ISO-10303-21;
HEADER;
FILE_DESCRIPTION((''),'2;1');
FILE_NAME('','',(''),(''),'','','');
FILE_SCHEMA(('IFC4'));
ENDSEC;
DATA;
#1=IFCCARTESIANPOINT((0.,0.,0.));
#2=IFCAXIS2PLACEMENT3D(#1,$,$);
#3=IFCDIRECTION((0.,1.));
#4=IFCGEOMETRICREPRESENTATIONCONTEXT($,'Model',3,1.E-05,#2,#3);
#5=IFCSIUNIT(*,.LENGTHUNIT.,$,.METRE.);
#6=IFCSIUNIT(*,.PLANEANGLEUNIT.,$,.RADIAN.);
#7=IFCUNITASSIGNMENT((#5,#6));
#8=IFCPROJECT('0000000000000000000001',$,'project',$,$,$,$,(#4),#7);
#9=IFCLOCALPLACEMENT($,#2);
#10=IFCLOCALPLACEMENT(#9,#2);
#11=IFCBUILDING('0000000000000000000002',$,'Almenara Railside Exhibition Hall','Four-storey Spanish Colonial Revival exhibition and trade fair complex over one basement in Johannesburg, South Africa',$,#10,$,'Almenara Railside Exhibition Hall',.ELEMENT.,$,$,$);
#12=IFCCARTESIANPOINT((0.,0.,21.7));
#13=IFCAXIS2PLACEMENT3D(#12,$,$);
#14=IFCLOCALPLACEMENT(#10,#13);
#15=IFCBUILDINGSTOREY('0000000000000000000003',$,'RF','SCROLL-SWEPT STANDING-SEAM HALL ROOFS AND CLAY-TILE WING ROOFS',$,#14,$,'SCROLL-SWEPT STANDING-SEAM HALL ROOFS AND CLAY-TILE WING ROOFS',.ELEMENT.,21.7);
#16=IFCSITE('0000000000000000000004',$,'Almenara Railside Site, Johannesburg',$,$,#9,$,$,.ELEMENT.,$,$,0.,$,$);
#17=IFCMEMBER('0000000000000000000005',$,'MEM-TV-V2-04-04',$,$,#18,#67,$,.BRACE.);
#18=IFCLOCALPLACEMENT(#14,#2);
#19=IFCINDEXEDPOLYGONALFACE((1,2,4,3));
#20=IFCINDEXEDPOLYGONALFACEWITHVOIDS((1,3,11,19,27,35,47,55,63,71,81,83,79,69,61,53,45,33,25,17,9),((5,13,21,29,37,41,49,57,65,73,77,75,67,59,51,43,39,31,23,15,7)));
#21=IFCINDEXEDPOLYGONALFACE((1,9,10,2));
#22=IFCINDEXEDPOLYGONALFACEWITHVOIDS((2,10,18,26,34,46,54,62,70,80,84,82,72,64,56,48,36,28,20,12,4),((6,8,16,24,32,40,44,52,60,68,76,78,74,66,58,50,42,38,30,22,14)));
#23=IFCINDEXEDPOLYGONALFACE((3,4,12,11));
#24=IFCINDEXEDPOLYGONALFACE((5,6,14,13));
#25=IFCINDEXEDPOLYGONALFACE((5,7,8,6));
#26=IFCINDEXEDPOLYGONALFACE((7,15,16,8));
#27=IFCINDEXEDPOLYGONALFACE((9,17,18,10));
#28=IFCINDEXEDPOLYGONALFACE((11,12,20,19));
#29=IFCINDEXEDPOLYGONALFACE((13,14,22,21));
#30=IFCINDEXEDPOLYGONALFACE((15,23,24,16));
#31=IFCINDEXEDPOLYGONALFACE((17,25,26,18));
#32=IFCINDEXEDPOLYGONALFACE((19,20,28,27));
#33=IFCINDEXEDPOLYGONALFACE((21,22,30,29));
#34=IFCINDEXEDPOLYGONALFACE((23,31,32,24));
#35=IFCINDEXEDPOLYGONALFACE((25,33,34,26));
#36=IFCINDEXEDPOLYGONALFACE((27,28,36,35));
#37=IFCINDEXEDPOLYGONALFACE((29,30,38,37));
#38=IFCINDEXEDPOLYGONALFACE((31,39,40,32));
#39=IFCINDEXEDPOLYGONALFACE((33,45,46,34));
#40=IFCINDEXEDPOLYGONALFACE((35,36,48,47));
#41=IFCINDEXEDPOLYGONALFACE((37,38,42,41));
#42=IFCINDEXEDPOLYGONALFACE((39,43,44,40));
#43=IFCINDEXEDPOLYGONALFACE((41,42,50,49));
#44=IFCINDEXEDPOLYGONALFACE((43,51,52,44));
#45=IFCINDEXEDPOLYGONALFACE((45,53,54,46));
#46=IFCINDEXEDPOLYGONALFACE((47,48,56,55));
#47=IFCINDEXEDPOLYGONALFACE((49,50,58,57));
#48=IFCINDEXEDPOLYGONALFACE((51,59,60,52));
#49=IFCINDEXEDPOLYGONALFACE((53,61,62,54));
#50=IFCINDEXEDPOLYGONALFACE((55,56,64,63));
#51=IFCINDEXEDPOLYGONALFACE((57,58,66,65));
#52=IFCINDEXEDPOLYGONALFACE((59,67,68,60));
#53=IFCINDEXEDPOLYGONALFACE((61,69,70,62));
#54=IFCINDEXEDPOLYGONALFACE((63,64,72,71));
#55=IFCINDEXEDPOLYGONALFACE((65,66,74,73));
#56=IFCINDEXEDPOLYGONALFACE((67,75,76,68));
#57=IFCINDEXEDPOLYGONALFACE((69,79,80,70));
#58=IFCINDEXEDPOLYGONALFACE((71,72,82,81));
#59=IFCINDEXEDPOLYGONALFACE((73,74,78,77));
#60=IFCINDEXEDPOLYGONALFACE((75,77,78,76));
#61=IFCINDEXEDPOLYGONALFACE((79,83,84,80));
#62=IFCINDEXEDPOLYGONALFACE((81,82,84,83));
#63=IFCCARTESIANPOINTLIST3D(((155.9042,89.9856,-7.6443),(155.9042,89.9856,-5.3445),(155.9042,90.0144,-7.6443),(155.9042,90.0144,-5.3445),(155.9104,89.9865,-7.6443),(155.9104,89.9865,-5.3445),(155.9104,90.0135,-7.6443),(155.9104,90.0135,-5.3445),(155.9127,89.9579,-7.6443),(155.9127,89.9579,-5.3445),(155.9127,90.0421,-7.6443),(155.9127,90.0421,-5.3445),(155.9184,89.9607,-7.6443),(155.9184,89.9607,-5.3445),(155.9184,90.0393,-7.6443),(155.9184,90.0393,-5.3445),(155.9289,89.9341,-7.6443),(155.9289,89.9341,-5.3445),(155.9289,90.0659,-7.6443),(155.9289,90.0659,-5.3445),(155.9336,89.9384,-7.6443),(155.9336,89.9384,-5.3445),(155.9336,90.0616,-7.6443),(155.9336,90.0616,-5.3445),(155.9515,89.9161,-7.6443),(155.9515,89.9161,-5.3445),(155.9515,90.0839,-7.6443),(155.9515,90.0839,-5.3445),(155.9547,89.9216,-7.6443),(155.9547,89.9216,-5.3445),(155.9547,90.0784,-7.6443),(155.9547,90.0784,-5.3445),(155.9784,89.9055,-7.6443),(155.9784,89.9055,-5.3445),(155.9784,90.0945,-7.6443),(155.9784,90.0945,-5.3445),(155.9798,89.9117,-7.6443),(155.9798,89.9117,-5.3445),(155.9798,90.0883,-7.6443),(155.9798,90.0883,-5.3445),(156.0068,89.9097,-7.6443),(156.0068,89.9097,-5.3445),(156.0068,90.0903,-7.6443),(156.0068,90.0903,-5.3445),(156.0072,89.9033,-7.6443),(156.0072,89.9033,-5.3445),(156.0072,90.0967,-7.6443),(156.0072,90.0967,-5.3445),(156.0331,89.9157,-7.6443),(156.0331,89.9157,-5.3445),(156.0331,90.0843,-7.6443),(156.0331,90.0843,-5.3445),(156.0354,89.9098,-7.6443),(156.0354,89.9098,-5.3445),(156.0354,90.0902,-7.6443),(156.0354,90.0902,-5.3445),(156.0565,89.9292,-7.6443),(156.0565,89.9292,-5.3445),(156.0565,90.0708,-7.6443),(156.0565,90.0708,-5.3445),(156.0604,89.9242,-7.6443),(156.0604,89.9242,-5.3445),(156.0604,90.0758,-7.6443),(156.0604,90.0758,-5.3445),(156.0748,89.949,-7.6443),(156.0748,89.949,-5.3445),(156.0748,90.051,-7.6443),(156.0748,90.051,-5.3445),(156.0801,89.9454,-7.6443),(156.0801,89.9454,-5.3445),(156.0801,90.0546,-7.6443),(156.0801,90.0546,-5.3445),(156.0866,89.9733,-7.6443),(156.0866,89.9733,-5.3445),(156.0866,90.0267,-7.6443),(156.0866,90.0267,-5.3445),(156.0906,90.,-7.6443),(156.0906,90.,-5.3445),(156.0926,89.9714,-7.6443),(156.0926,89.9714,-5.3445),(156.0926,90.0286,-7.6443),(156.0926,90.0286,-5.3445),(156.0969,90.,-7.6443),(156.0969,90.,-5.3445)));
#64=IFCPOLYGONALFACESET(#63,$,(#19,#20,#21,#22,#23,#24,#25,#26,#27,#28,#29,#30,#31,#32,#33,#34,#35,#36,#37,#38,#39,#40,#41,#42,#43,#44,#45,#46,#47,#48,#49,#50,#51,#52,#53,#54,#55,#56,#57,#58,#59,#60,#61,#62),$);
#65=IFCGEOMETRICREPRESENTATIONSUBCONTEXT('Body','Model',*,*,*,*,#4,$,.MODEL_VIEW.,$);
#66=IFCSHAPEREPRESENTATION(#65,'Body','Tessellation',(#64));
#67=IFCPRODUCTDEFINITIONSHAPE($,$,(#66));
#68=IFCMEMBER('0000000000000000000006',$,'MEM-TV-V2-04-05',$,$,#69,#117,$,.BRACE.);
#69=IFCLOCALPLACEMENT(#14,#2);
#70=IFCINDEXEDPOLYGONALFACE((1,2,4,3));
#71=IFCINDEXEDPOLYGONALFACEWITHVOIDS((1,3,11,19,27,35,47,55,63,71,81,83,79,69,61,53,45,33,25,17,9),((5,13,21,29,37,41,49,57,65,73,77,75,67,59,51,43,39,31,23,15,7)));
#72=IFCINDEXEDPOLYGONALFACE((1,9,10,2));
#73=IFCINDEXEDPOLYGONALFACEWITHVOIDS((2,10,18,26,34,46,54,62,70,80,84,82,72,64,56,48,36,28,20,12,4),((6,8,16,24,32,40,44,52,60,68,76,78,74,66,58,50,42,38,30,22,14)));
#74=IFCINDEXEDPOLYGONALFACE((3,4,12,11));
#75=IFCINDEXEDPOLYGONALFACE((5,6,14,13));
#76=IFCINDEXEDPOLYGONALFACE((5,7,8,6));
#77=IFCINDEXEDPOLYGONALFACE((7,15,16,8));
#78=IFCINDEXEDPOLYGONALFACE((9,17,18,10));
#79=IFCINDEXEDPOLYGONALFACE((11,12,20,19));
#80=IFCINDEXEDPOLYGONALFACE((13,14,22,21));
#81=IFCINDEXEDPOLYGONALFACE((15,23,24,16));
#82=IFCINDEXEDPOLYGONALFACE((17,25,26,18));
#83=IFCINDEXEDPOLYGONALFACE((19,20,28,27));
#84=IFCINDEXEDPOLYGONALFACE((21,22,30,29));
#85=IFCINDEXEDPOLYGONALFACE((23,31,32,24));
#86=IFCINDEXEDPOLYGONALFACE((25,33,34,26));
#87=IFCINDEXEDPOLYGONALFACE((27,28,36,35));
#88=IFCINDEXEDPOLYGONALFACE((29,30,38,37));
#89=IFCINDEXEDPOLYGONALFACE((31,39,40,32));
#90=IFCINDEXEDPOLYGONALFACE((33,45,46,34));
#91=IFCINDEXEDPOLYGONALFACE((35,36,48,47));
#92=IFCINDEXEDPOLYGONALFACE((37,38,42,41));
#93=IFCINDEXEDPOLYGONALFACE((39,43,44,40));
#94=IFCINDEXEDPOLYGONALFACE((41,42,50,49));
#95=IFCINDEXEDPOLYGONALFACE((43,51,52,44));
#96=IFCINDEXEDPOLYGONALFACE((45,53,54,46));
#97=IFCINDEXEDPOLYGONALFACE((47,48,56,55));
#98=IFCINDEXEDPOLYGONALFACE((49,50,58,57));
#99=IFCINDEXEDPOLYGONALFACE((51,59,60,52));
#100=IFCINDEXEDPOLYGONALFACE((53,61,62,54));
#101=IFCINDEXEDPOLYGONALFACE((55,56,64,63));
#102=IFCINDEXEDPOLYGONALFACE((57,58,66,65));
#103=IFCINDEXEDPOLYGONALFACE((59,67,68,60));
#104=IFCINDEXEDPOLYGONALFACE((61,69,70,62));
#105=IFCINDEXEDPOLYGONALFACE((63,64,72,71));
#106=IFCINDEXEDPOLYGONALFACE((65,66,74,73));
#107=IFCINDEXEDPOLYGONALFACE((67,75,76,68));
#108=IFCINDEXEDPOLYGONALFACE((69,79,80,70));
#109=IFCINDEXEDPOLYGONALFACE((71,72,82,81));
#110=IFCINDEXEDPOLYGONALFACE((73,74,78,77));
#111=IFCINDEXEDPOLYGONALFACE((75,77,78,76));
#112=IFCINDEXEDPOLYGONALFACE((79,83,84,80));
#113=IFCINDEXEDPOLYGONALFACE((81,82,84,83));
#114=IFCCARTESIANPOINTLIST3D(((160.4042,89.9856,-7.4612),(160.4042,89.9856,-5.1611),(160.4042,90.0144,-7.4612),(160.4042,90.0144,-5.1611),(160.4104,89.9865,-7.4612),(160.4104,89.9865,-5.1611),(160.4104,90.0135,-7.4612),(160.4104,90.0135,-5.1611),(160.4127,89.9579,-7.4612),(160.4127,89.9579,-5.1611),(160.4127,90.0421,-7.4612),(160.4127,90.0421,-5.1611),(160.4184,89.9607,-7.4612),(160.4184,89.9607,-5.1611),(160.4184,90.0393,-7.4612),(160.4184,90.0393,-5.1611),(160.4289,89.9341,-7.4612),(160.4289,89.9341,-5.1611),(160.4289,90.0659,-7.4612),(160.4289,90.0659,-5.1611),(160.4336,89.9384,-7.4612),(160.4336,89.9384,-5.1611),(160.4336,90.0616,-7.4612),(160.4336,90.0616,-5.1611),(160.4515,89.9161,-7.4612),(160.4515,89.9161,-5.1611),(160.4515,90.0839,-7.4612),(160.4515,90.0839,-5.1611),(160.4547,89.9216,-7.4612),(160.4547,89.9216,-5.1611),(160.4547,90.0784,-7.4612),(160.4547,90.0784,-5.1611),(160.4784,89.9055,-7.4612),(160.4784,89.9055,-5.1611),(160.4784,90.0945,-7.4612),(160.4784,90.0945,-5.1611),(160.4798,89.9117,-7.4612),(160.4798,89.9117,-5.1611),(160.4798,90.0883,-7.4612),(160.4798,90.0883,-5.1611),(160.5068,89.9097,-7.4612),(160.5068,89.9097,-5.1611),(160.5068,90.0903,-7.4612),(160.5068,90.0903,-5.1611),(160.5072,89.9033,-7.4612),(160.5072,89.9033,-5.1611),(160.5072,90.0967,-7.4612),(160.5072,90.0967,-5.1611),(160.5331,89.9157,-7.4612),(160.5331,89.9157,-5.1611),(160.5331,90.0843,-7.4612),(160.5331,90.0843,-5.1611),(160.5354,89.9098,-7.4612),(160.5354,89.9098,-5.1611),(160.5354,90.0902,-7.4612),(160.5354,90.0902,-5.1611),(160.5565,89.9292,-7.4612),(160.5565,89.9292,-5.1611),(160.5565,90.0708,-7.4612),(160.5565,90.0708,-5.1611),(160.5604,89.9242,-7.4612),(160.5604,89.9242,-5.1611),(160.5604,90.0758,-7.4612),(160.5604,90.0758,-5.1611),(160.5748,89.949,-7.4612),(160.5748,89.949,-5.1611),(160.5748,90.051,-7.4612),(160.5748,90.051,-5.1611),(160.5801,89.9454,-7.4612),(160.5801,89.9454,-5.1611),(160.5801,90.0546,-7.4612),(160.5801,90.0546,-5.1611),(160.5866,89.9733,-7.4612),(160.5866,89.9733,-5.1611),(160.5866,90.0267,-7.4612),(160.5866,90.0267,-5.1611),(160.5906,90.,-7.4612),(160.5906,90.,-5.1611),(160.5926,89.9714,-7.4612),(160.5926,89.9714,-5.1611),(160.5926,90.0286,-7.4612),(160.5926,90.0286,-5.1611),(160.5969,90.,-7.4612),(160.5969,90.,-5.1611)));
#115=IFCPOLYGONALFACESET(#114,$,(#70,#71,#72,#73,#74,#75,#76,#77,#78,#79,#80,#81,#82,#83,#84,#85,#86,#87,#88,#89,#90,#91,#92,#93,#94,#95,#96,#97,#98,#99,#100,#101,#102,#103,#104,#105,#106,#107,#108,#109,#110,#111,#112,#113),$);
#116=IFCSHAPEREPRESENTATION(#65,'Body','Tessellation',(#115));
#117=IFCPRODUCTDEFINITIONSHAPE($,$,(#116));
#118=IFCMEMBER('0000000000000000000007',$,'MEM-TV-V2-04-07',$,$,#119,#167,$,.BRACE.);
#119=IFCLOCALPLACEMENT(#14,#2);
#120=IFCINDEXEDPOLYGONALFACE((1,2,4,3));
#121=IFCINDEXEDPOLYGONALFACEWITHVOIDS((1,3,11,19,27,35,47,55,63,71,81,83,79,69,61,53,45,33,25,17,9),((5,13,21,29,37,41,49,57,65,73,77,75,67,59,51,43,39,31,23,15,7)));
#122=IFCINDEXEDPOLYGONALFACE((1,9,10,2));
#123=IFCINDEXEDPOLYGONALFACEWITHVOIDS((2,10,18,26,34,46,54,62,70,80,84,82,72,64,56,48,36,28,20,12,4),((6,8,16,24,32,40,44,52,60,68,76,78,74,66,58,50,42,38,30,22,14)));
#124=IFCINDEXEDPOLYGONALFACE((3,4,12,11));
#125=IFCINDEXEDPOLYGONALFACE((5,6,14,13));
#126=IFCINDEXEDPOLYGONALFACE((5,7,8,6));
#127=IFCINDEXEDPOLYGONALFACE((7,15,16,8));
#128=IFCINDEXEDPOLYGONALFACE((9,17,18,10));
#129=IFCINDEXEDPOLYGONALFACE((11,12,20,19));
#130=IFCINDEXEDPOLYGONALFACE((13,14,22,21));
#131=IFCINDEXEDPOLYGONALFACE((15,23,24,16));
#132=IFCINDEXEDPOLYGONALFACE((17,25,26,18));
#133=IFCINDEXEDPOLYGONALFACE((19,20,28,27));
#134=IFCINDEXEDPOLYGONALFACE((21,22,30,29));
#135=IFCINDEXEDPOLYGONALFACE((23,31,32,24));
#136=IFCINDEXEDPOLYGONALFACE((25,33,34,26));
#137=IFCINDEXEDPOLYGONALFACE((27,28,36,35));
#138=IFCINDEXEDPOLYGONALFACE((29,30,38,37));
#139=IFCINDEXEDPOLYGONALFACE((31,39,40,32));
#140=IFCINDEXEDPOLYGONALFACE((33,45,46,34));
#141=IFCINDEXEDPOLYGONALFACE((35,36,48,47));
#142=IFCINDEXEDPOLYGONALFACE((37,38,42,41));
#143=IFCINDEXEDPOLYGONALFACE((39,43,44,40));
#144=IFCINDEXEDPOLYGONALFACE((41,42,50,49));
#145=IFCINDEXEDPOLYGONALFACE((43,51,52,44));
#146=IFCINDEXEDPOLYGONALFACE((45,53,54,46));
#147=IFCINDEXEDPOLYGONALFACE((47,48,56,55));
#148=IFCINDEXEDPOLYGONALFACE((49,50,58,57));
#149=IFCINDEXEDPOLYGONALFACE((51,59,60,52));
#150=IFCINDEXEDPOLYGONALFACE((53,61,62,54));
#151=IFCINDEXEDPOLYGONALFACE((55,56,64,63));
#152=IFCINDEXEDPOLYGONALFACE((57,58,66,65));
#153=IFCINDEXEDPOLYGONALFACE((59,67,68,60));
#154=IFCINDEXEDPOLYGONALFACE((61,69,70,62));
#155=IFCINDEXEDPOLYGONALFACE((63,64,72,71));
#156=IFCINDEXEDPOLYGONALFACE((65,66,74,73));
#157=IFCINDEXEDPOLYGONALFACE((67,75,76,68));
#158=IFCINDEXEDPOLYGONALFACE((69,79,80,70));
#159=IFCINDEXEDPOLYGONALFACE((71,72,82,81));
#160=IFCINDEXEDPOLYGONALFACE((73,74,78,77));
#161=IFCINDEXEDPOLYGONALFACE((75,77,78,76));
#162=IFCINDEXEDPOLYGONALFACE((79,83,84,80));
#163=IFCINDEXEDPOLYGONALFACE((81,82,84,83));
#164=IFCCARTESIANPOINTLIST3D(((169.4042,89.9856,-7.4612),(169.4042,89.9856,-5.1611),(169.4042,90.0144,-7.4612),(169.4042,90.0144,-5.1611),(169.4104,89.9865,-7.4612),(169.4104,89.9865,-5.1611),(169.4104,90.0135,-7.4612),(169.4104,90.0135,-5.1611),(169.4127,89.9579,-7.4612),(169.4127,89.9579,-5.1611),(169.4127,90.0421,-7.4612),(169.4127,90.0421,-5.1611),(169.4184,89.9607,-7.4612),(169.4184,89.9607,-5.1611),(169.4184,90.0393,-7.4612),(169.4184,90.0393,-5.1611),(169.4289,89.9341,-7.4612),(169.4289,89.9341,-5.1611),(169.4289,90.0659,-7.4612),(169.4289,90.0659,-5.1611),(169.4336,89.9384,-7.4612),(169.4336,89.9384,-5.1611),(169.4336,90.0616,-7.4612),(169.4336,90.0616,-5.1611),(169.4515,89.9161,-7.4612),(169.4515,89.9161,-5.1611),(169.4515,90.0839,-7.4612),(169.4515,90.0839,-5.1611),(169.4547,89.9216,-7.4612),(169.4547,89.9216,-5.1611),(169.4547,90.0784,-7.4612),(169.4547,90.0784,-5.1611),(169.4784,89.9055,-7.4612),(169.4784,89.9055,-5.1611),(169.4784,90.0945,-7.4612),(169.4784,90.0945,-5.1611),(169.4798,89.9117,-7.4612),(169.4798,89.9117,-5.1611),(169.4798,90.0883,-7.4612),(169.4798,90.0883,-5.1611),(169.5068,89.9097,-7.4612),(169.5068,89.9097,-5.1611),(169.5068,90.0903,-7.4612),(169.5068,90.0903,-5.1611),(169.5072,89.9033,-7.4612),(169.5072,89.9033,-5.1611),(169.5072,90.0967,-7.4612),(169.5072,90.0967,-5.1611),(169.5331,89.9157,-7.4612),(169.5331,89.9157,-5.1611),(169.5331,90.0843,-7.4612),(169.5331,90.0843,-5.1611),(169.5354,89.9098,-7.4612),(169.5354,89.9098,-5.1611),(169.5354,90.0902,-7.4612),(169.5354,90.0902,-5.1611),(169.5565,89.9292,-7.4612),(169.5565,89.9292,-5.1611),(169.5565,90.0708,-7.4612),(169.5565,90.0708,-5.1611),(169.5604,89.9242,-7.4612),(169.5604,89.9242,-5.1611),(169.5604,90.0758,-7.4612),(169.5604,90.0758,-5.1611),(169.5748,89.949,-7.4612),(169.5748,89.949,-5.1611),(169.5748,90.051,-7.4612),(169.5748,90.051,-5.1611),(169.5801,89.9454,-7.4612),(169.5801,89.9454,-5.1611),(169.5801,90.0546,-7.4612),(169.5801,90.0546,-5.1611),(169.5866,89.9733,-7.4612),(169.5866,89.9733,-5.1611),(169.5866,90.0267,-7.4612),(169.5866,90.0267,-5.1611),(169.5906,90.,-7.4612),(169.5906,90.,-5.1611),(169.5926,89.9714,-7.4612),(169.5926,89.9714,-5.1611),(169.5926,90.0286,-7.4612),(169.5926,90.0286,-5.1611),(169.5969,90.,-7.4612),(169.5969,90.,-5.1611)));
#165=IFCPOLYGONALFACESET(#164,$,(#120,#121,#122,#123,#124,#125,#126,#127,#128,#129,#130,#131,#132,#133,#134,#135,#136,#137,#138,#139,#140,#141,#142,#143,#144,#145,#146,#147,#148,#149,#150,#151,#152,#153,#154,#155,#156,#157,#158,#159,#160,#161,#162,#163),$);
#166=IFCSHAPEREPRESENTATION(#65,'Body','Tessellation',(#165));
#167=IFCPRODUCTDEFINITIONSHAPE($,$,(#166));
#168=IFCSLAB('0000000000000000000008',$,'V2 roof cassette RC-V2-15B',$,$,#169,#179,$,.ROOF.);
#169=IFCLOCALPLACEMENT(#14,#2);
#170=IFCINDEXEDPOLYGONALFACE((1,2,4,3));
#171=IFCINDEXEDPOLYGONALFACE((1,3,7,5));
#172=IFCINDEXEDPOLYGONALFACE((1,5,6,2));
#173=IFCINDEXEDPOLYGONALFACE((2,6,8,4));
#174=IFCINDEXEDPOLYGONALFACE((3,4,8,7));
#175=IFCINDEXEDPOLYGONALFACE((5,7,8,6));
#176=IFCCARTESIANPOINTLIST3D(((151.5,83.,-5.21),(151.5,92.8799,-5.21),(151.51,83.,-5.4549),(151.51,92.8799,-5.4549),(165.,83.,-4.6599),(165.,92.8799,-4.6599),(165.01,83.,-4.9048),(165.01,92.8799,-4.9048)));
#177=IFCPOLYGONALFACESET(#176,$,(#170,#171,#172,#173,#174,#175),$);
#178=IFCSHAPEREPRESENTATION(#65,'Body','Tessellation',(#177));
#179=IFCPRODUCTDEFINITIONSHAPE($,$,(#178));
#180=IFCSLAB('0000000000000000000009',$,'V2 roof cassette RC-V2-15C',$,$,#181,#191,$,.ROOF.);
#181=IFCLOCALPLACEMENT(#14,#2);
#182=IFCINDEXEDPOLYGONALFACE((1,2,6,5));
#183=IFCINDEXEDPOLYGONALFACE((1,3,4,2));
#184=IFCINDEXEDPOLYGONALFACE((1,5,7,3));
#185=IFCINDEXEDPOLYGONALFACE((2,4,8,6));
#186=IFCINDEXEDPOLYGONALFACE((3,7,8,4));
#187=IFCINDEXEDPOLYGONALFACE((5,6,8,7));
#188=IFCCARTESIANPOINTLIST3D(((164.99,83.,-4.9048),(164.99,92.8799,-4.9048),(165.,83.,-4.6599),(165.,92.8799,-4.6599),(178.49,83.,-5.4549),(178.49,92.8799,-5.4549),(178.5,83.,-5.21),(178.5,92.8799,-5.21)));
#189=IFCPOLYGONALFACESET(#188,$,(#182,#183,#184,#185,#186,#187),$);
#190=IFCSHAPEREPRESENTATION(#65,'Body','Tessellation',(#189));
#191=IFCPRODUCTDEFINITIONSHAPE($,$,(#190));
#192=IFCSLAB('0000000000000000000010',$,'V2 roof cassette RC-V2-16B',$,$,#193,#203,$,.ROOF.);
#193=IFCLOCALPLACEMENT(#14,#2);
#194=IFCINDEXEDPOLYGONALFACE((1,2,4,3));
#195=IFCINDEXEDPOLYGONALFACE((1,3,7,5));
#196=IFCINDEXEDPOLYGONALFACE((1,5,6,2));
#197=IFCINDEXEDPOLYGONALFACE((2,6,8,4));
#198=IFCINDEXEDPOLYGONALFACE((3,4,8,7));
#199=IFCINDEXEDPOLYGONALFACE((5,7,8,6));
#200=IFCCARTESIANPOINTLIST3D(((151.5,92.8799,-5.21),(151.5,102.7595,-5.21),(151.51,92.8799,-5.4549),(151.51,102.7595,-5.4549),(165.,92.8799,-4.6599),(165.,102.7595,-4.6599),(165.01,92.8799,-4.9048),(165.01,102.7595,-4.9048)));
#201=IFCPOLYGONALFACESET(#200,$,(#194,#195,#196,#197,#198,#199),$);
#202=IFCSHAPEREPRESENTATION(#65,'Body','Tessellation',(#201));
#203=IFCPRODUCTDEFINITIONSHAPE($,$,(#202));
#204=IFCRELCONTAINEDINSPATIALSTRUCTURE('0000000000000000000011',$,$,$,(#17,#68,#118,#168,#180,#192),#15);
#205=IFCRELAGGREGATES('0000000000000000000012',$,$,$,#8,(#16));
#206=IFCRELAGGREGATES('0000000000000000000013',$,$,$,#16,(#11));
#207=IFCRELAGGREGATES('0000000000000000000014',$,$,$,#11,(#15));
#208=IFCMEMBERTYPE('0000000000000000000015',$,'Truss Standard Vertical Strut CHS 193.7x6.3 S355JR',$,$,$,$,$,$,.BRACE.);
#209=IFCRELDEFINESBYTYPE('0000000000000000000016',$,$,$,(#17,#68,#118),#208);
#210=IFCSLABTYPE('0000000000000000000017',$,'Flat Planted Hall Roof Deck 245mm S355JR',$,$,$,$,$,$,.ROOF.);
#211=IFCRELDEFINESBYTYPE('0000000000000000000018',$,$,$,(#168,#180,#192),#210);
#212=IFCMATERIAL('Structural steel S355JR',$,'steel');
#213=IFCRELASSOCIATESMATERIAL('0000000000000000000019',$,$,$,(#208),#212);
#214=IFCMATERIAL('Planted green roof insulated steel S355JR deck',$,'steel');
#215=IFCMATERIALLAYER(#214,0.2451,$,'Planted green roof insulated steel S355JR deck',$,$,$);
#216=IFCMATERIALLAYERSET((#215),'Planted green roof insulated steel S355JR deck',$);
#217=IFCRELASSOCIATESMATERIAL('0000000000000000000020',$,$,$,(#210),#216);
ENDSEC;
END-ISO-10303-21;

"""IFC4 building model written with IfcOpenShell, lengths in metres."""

from ifc_helpers import new_model, si_unit, direction, frame, origin, origin_2d, place, context, subcontext, project, spatial, polyline, hollow_circle, outline, extrude, material, layer, layer_set, material_profile, profile_set, type_object, element, save


model = new_model("IFC4")

# Units and contexts
model_context = context("Model", 3, precision=1e-05, world=origin(), true_north=direction((0.0, 1.0)))
body_context = subcontext(model_context, "Body", "Model", "MODEL_VIEW")
ifc_project = project(units=[si_unit("LENGTHUNIT", "METRE"), si_unit("PLANEANGLEUNIT", "RADIAN")], contexts=[model_context])

# Site, building, storey
site_placement = place(None, origin())
site = spatial("IfcSite", under=ifc_project, at=site_placement, Name="Almenara Railside Site, Johannesburg", CompositionType="ELEMENT", RefElevation=0.0)
building_placement = place(site_placement, origin())
building = spatial("IfcBuilding", under=site, at=building_placement, Name="Almenara Railside Exhibition Hall", Description="Four-storey Spanish Colonial Revival exhibition and trade fair complex over one basement in Johannesburg, South Africa", LongName="Almenara Railside Exhibition Hall", CompositionType="ELEMENT")
storey_placement = place(building_placement, frame((0.0, 0.0, 21.7)))
storey = spatial("IfcBuildingStorey", under=building, at=storey_placement, Name="RF", Description="SCROLL-SWEPT STANDING-SEAM HALL ROOFS AND CLAY-TILE WING ROOFS", LongName="SCROLL-SWEPT STANDING-SEAM HALL ROOFS AND CLAY-TILE WING ROOFS", CompositionType="ELEMENT", Elevation=21.7)

# Members
ifc_material_1 = material(Name="Structural steel S355JR", Category="steel")
ifc_material_profile_1 = material_profile(ifc_material_1, hollow_circle(Radius=0.0969, WallThickness=0.0063, at=origin_2d()), Name="CHS 193.7x6.3")
ifc_profile_set_1 = profile_set([ifc_material_profile_1], Name="Structural steel S355JR")
member_type_1 = type_object("IfcMemberType", Name="Truss Standard Vertical Strut CHS 193.7x6.3 S355JR", PredefinedType="BRACE", material=ifc_profile_set_1)
for number, where, z_axis, x_axis, name in (
    (1, (156.0, 90.0, -7.6443), (0.0, 0.0, 1.0), (1.0, 0.0, 0.0), "MEM-TV-V2-04-04"),
):
    element("IfcMember", number, at=place(storey_placement, frame(where, z_axis=z_axis, x_axis=x_axis)), inside=storey, type_object=member_type_1, Name=name, PredefinedType="BRACE", context=body_context, shape_type="SweptSolid", body=[
        extrude(hollow_circle(Radius=0.0969, WallThickness=0.0063, at=origin_2d()), origin(), (0.0, 0.0, 1.0), 2.2998),
    ])
for number, where, z_axis, x_axis, name in (
    (2, (160.5, 90.0, -7.4612), (0.0, 0.0, 1.0), (1.0, 0.0, 0.0), "MEM-TV-V2-04-05"),
    (3, (169.5, 90.0, -7.4612), (0.0, 0.0, 1.0), (1.0, 0.0, 0.0), "MEM-TV-V2-04-07"),
):
    element("IfcMember", number, at=place(storey_placement, frame(where, z_axis=z_axis, x_axis=x_axis)), inside=storey, type_object=member_type_1, Name=name, PredefinedType="BRACE", context=body_context, shape_type="SweptSolid", body=[
        extrude(hollow_circle(Radius=0.0969, WallThickness=0.0063, at=origin_2d()), origin(), (0.0, 0.0, 1.0), 2.3),
    ])

# Slabs
ifc_material_2 = material(Name="Planted green roof insulated steel S355JR deck", Category="steel")
ifc_layer_1 = layer(ifc_material_2, 0.2451, Name="Planted green roof insulated steel S355JR deck")
ifc_layer_set_1 = layer_set([ifc_layer_1], Name="Planted green roof insulated steel S355JR deck")
slab_type = type_object("IfcSlabType", Name="Flat Planted Hall Roof Deck 245mm S355JR", PredefinedType="ROOF", material=ifc_layer_set_1)
for number, where, z_axis, x_axis, name in (
    (4, (151.5, 83.0, -5.21), (-0.040711, 0.0, 0.999171), (0.999171, 0.0, 0.040711), "V2 roof cassette RC-V2-15B"),
    (5, (165.0, 83.0, -4.6599), (0.040711, 0.0, 0.999171), (0.999171, 0.0, -0.040711), "V2 roof cassette RC-V2-15C"),
):
    element("IfcSlab", number, at=place(storey_placement, frame(where, z_axis=z_axis, x_axis=x_axis)), inside=storey, type_object=slab_type, Name=name, PredefinedType="ROOF", context=body_context, shape_type="SweptSolid", body=[
        extrude(outline(polyline([(0.0, 0.0), (13.5112, 0.0), (13.5112, 9.8799), (0.0, 9.8799), (0.0, 0.0)])), origin(), (0.0, 0.0, -1.0), 0.2451),
    ])
slab_placement = place(storey_placement, frame((151.5, 92.8799, -5.21), z_axis=(-0.040711, 0.0, 0.999171), x_axis=(0.999171, 0.0, 0.040711)))
element("IfcSlab", 6, at=slab_placement, inside=storey, type_object=slab_type, Name="V2 roof cassette RC-V2-16B", PredefinedType="ROOF", context=body_context, shape_type="SweptSolid", body=[
    extrude(outline(polyline([(0.0, 0.0), (13.5112, 0.0), (13.5112, 9.8796), (0.0, 9.8796), (0.0, 0.0)])), origin(), (0.0, 0.0, -1.0), 0.2451),
])

save(model, "model.ifc")
